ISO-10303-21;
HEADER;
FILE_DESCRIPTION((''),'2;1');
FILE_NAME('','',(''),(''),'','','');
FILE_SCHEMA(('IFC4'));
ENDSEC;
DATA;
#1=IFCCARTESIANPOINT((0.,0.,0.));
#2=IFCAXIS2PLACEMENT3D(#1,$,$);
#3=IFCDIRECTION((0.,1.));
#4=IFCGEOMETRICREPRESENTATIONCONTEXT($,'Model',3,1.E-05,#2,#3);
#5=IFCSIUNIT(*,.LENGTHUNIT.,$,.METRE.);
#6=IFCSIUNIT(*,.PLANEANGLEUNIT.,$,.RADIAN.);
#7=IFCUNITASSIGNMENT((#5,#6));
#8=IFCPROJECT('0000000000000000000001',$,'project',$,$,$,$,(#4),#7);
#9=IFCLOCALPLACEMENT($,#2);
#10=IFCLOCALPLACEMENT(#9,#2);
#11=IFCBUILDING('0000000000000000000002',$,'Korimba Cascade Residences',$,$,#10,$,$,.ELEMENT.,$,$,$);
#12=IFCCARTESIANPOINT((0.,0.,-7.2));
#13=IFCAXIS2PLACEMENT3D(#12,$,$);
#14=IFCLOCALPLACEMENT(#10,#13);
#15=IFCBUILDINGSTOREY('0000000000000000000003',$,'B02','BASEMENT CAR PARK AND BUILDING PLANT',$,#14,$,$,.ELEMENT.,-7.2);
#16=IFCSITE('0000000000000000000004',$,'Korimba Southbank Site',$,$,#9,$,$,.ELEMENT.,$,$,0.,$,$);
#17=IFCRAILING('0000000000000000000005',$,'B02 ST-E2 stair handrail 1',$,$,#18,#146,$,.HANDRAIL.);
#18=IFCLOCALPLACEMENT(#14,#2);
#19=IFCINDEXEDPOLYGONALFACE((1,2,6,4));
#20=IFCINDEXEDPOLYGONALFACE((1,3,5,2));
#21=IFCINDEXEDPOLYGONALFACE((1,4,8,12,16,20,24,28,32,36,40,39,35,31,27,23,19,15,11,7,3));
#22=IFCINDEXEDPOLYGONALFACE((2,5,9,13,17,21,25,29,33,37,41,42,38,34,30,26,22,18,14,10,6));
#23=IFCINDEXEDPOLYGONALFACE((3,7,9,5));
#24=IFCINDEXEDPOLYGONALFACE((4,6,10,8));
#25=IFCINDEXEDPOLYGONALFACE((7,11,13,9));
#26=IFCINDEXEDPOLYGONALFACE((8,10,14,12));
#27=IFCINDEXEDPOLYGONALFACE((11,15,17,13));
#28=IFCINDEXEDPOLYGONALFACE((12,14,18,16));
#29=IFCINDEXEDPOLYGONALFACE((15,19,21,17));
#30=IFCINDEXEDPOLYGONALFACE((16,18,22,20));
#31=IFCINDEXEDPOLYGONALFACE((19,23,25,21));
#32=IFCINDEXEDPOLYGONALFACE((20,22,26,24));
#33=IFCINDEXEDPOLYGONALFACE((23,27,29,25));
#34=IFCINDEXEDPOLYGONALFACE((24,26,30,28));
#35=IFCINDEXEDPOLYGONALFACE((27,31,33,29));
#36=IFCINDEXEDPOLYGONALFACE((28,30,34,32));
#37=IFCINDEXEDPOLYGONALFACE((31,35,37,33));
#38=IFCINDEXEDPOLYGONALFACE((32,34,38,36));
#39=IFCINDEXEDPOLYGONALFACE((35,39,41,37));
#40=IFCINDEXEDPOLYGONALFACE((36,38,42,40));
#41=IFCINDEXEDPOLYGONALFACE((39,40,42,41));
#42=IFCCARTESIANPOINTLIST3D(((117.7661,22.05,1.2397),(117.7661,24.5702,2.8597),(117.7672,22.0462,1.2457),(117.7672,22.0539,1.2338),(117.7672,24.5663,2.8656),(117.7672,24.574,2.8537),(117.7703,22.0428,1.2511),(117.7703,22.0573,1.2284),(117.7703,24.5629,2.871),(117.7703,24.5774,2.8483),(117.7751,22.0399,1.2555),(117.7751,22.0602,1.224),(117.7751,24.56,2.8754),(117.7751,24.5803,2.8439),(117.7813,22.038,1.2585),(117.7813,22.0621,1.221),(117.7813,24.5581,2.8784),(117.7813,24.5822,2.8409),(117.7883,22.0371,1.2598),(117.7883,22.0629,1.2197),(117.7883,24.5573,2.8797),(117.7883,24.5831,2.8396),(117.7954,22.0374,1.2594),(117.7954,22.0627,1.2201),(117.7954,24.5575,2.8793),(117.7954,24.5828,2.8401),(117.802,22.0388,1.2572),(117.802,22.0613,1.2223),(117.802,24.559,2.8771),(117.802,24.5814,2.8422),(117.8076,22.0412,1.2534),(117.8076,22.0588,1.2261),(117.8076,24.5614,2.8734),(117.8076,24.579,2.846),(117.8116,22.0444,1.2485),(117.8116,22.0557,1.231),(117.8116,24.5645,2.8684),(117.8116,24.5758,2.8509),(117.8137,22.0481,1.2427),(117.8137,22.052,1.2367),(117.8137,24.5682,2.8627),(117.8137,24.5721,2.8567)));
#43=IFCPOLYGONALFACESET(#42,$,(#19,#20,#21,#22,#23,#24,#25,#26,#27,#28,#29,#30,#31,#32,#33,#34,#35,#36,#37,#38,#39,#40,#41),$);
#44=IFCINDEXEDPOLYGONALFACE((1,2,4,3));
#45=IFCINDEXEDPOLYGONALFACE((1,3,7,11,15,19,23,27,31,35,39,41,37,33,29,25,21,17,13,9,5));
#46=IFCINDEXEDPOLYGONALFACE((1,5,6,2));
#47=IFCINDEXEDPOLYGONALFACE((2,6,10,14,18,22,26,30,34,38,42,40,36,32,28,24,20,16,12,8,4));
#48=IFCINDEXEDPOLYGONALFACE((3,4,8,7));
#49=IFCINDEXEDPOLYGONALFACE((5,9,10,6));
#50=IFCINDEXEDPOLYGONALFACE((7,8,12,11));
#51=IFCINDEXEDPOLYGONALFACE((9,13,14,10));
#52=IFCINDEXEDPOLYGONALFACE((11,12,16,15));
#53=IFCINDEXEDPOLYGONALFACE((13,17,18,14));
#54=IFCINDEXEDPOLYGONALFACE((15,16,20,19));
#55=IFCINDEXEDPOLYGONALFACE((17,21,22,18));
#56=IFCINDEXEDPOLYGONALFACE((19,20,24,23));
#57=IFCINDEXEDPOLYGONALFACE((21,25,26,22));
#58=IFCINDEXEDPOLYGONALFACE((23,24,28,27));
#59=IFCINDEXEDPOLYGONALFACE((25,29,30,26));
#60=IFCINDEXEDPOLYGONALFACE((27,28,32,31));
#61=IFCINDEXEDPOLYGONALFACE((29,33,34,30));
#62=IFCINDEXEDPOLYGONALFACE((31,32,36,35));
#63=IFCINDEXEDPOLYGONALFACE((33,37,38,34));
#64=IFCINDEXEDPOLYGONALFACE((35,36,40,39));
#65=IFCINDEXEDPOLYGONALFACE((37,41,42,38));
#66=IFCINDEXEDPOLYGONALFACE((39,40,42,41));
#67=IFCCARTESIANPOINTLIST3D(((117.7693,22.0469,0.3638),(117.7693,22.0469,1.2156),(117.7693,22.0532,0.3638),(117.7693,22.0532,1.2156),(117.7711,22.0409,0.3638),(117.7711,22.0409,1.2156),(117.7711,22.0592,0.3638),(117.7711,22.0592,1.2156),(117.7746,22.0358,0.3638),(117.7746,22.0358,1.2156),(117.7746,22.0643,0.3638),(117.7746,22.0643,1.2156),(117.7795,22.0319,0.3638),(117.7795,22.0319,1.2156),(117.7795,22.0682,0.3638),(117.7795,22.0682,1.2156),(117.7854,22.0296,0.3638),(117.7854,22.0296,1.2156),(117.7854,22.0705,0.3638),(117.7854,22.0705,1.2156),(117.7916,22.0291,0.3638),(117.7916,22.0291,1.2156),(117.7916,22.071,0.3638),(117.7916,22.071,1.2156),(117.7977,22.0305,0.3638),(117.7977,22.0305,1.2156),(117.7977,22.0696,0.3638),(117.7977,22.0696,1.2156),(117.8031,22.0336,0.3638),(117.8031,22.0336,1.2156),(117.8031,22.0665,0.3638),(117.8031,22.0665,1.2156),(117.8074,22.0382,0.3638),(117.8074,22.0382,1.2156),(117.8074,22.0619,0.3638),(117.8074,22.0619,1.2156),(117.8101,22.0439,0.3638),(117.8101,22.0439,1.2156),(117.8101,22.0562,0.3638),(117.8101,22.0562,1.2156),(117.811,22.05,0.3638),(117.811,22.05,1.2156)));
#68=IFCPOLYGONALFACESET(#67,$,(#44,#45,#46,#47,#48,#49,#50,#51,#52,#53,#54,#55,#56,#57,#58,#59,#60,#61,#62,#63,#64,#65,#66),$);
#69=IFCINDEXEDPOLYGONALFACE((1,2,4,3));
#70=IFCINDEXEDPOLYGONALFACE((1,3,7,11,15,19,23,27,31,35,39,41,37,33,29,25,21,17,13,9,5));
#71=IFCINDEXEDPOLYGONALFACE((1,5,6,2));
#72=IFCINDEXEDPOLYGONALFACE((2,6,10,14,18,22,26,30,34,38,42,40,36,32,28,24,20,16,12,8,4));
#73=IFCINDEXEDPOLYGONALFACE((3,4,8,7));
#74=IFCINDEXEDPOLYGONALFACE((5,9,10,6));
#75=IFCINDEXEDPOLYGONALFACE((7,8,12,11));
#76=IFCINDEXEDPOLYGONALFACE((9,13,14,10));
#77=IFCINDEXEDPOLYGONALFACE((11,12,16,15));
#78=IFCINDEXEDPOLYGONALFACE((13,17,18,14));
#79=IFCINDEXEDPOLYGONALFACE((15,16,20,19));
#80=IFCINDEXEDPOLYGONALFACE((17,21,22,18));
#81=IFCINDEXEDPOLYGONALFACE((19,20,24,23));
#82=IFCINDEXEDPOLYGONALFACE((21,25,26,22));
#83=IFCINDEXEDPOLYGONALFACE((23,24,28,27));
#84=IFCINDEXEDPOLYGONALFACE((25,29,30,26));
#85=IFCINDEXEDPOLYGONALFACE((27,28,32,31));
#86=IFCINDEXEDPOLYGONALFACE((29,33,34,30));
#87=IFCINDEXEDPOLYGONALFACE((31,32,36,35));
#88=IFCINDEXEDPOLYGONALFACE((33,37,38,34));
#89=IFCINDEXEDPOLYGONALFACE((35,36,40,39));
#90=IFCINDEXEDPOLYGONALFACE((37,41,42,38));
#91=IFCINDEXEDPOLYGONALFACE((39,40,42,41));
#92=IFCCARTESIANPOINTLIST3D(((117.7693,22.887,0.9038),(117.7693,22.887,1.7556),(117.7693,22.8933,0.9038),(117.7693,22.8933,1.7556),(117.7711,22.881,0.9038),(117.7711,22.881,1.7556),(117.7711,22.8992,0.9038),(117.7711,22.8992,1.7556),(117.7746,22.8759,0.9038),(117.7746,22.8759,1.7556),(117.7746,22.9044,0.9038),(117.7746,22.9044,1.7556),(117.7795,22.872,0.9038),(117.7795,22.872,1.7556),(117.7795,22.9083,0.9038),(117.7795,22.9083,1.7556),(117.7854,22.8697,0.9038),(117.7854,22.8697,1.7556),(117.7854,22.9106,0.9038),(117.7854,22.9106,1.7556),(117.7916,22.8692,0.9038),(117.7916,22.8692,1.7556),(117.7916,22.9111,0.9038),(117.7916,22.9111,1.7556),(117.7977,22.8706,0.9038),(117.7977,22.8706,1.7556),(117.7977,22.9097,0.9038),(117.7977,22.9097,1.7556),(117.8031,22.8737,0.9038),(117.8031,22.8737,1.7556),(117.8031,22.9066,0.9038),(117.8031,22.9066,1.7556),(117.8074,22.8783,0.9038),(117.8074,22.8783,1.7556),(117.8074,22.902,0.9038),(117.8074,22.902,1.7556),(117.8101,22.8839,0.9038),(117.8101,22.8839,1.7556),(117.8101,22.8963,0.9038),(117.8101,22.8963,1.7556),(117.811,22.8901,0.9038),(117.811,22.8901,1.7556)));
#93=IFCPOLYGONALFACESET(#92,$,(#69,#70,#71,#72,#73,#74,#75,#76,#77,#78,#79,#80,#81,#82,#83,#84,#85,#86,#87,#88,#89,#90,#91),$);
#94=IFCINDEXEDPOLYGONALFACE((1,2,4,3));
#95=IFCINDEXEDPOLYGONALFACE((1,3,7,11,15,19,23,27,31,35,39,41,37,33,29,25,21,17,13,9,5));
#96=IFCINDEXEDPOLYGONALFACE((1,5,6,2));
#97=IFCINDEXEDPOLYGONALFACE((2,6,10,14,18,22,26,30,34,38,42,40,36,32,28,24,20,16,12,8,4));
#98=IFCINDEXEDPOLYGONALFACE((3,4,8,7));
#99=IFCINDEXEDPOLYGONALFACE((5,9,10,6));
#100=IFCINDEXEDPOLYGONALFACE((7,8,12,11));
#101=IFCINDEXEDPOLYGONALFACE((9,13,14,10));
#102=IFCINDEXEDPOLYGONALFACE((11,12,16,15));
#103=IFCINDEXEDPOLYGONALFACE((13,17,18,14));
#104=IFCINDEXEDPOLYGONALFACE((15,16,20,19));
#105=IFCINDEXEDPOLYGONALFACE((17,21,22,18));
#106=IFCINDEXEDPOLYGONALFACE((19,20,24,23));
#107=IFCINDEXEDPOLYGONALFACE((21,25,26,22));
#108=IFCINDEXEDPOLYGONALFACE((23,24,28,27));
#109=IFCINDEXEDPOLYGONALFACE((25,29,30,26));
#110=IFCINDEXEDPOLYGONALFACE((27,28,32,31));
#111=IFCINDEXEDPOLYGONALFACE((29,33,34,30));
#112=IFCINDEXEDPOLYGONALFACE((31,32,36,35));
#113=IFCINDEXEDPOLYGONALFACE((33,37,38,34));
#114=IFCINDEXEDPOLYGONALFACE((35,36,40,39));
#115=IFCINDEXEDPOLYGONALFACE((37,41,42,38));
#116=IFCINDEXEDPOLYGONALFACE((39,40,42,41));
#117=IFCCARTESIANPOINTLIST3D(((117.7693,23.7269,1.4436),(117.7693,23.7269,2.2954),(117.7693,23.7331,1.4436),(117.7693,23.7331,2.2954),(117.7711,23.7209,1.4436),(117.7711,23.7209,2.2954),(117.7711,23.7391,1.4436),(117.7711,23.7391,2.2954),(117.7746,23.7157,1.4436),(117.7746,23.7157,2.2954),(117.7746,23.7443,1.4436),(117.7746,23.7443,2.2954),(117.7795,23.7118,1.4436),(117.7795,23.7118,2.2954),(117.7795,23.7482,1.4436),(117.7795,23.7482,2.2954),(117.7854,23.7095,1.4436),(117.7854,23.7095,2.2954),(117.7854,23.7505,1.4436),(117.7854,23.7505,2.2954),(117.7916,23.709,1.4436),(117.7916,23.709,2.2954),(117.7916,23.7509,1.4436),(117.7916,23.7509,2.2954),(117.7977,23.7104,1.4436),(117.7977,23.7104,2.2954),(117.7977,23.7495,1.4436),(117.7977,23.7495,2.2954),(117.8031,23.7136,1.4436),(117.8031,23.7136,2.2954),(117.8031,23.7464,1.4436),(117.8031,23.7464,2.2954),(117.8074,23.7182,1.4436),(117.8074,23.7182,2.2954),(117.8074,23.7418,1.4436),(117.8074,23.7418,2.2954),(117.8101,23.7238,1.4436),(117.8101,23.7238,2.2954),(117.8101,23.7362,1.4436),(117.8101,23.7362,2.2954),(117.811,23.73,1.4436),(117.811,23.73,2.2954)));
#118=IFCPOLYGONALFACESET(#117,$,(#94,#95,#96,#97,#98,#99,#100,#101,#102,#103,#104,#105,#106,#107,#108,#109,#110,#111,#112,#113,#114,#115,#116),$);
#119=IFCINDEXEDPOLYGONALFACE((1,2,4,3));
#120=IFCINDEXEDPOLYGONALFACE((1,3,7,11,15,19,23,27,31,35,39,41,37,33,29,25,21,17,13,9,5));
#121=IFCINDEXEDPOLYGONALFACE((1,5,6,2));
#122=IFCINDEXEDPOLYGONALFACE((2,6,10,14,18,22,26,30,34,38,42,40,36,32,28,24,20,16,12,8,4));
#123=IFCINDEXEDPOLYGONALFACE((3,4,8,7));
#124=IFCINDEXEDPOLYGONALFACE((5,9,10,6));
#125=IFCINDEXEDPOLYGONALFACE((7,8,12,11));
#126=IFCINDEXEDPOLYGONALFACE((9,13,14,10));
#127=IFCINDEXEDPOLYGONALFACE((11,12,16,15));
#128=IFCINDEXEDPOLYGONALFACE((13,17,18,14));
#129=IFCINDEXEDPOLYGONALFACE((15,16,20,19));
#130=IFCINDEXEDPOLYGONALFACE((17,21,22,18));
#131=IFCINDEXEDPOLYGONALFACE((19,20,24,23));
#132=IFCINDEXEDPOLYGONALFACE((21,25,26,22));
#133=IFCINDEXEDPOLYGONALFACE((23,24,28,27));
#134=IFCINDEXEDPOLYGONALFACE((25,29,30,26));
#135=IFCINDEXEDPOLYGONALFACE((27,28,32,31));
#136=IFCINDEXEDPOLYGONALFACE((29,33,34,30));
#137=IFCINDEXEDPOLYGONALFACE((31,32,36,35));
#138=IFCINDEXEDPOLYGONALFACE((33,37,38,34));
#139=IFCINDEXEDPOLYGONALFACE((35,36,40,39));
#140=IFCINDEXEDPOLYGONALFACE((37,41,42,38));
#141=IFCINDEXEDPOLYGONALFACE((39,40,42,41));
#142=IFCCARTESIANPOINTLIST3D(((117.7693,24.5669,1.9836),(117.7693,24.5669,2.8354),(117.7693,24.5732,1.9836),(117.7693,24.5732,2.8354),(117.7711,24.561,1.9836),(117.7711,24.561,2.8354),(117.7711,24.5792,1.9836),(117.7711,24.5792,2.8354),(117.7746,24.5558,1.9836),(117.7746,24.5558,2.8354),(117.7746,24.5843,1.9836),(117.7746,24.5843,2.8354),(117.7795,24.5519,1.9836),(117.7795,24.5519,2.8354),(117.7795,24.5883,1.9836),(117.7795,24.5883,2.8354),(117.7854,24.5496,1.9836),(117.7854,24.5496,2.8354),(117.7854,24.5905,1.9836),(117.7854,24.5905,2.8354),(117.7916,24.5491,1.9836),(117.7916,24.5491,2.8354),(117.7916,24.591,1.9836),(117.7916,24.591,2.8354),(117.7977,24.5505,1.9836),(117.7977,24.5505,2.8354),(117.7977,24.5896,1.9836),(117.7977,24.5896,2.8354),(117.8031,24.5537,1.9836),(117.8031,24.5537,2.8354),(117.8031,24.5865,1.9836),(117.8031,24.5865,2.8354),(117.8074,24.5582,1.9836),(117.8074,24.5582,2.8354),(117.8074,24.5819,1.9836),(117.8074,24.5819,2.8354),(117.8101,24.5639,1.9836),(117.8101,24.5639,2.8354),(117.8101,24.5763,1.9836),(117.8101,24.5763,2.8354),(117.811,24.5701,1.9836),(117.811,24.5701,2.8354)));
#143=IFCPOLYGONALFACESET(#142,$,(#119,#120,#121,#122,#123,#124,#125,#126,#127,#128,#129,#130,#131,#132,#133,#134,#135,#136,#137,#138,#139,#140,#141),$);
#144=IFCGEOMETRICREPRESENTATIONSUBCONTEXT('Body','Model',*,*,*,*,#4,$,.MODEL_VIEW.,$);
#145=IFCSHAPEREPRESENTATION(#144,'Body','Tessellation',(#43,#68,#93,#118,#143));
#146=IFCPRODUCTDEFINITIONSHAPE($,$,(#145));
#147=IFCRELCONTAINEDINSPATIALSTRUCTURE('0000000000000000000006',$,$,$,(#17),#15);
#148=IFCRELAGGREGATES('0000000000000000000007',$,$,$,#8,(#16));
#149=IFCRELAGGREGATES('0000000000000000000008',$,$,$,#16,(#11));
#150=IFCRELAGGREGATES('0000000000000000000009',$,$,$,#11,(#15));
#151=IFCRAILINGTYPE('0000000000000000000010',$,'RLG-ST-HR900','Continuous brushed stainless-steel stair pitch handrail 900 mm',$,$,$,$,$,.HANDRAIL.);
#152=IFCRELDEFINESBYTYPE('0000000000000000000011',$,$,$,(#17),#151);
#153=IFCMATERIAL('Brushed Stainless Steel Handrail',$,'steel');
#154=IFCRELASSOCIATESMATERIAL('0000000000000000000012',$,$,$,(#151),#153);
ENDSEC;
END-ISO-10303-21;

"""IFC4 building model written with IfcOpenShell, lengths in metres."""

from ifc_helpers import new_model, si_unit, direction, frame, origin, origin_2d, place, context, subcontext, project, spatial, circle, extrude, material, type_object, element, save


model = new_model("IFC4")

# Units and contexts
model_context = context("Model", 3, precision=1e-05, world=origin(), true_north=direction((0.0, 1.0)))
body_context = subcontext(model_context, "Body", "Model", "MODEL_VIEW")
ifc_project = project(units=[si_unit("LENGTHUNIT", "METRE"), si_unit("PLANEANGLEUNIT", "RADIAN")], contexts=[model_context])

# Site, building, storey
site_placement = place(None, origin())
site = spatial("IfcSite", under=ifc_project, at=site_placement, Name="Korimba Southbank Site", CompositionType="ELEMENT", RefElevation=0.0)
building_placement = place(site_placement, origin())
building = spatial("IfcBuilding", under=site, at=building_placement, Name="Korimba Cascade Residences", CompositionType="ELEMENT")
storey_placement = place(building_placement, frame((0.0, 0.0, -7.2)))
storey = spatial("IfcBuildingStorey", under=building, at=storey_placement, Name="B02", Description="BASEMENT CAR PARK AND BUILDING PLANT", CompositionType="ELEMENT", Elevation=-7.2)

# Railing
ifc_material_1 = material(Name="Brushed Stainless Steel Handrail", Category="steel")
railing_type_1 = type_object("IfcRailingType", Name="RLG-ST-HR900", Description="Continuous brushed stainless-steel stair pitch handrail 900 mm", PredefinedType="HANDRAIL", material=ifc_material_1)
railing_1_placement = place(storey_placement, frame((117.79, 22.05, 0.3638)))
element("IfcRailing", 1, at=railing_1_placement, inside=storey, type_object=railing_type_1, Name="B02 ST-E2 stair handrail 1", PredefinedType="HANDRAIL", context=body_context, shape_type="SweptSolid", body=[
    extrude(circle(Radius=0.0239, at=origin_2d()), frame((0.0, 0.0, 0.876), z_axis=(0.0, 0.8412, 0.540725), x_axis=(-1.0, 0.0, 0.0)), (0.0, 0.0, 1.0), 2.9958),
    extrude(circle(Radius=0.021, at=origin_2d()), origin(), (0.0, 0.0, 1.0), 0.8518),
    extrude(circle(Radius=0.021, at=origin_2d()), frame((0.0, 0.8401, 0.54)), (0.0, 0.0, 1.0), 0.8518),
    extrude(circle(Radius=0.021, at=origin_2d()), frame((0.0, 1.6799, 1.0798)), (0.0, 0.0, 1.0), 0.8518),
    extrude(circle(Radius=0.021, at=origin_2d()), frame((0.0, 2.52, 1.6199)), (0.0, 0.0, 1.0), 0.8518),
])

save(model, "model.ifc")
